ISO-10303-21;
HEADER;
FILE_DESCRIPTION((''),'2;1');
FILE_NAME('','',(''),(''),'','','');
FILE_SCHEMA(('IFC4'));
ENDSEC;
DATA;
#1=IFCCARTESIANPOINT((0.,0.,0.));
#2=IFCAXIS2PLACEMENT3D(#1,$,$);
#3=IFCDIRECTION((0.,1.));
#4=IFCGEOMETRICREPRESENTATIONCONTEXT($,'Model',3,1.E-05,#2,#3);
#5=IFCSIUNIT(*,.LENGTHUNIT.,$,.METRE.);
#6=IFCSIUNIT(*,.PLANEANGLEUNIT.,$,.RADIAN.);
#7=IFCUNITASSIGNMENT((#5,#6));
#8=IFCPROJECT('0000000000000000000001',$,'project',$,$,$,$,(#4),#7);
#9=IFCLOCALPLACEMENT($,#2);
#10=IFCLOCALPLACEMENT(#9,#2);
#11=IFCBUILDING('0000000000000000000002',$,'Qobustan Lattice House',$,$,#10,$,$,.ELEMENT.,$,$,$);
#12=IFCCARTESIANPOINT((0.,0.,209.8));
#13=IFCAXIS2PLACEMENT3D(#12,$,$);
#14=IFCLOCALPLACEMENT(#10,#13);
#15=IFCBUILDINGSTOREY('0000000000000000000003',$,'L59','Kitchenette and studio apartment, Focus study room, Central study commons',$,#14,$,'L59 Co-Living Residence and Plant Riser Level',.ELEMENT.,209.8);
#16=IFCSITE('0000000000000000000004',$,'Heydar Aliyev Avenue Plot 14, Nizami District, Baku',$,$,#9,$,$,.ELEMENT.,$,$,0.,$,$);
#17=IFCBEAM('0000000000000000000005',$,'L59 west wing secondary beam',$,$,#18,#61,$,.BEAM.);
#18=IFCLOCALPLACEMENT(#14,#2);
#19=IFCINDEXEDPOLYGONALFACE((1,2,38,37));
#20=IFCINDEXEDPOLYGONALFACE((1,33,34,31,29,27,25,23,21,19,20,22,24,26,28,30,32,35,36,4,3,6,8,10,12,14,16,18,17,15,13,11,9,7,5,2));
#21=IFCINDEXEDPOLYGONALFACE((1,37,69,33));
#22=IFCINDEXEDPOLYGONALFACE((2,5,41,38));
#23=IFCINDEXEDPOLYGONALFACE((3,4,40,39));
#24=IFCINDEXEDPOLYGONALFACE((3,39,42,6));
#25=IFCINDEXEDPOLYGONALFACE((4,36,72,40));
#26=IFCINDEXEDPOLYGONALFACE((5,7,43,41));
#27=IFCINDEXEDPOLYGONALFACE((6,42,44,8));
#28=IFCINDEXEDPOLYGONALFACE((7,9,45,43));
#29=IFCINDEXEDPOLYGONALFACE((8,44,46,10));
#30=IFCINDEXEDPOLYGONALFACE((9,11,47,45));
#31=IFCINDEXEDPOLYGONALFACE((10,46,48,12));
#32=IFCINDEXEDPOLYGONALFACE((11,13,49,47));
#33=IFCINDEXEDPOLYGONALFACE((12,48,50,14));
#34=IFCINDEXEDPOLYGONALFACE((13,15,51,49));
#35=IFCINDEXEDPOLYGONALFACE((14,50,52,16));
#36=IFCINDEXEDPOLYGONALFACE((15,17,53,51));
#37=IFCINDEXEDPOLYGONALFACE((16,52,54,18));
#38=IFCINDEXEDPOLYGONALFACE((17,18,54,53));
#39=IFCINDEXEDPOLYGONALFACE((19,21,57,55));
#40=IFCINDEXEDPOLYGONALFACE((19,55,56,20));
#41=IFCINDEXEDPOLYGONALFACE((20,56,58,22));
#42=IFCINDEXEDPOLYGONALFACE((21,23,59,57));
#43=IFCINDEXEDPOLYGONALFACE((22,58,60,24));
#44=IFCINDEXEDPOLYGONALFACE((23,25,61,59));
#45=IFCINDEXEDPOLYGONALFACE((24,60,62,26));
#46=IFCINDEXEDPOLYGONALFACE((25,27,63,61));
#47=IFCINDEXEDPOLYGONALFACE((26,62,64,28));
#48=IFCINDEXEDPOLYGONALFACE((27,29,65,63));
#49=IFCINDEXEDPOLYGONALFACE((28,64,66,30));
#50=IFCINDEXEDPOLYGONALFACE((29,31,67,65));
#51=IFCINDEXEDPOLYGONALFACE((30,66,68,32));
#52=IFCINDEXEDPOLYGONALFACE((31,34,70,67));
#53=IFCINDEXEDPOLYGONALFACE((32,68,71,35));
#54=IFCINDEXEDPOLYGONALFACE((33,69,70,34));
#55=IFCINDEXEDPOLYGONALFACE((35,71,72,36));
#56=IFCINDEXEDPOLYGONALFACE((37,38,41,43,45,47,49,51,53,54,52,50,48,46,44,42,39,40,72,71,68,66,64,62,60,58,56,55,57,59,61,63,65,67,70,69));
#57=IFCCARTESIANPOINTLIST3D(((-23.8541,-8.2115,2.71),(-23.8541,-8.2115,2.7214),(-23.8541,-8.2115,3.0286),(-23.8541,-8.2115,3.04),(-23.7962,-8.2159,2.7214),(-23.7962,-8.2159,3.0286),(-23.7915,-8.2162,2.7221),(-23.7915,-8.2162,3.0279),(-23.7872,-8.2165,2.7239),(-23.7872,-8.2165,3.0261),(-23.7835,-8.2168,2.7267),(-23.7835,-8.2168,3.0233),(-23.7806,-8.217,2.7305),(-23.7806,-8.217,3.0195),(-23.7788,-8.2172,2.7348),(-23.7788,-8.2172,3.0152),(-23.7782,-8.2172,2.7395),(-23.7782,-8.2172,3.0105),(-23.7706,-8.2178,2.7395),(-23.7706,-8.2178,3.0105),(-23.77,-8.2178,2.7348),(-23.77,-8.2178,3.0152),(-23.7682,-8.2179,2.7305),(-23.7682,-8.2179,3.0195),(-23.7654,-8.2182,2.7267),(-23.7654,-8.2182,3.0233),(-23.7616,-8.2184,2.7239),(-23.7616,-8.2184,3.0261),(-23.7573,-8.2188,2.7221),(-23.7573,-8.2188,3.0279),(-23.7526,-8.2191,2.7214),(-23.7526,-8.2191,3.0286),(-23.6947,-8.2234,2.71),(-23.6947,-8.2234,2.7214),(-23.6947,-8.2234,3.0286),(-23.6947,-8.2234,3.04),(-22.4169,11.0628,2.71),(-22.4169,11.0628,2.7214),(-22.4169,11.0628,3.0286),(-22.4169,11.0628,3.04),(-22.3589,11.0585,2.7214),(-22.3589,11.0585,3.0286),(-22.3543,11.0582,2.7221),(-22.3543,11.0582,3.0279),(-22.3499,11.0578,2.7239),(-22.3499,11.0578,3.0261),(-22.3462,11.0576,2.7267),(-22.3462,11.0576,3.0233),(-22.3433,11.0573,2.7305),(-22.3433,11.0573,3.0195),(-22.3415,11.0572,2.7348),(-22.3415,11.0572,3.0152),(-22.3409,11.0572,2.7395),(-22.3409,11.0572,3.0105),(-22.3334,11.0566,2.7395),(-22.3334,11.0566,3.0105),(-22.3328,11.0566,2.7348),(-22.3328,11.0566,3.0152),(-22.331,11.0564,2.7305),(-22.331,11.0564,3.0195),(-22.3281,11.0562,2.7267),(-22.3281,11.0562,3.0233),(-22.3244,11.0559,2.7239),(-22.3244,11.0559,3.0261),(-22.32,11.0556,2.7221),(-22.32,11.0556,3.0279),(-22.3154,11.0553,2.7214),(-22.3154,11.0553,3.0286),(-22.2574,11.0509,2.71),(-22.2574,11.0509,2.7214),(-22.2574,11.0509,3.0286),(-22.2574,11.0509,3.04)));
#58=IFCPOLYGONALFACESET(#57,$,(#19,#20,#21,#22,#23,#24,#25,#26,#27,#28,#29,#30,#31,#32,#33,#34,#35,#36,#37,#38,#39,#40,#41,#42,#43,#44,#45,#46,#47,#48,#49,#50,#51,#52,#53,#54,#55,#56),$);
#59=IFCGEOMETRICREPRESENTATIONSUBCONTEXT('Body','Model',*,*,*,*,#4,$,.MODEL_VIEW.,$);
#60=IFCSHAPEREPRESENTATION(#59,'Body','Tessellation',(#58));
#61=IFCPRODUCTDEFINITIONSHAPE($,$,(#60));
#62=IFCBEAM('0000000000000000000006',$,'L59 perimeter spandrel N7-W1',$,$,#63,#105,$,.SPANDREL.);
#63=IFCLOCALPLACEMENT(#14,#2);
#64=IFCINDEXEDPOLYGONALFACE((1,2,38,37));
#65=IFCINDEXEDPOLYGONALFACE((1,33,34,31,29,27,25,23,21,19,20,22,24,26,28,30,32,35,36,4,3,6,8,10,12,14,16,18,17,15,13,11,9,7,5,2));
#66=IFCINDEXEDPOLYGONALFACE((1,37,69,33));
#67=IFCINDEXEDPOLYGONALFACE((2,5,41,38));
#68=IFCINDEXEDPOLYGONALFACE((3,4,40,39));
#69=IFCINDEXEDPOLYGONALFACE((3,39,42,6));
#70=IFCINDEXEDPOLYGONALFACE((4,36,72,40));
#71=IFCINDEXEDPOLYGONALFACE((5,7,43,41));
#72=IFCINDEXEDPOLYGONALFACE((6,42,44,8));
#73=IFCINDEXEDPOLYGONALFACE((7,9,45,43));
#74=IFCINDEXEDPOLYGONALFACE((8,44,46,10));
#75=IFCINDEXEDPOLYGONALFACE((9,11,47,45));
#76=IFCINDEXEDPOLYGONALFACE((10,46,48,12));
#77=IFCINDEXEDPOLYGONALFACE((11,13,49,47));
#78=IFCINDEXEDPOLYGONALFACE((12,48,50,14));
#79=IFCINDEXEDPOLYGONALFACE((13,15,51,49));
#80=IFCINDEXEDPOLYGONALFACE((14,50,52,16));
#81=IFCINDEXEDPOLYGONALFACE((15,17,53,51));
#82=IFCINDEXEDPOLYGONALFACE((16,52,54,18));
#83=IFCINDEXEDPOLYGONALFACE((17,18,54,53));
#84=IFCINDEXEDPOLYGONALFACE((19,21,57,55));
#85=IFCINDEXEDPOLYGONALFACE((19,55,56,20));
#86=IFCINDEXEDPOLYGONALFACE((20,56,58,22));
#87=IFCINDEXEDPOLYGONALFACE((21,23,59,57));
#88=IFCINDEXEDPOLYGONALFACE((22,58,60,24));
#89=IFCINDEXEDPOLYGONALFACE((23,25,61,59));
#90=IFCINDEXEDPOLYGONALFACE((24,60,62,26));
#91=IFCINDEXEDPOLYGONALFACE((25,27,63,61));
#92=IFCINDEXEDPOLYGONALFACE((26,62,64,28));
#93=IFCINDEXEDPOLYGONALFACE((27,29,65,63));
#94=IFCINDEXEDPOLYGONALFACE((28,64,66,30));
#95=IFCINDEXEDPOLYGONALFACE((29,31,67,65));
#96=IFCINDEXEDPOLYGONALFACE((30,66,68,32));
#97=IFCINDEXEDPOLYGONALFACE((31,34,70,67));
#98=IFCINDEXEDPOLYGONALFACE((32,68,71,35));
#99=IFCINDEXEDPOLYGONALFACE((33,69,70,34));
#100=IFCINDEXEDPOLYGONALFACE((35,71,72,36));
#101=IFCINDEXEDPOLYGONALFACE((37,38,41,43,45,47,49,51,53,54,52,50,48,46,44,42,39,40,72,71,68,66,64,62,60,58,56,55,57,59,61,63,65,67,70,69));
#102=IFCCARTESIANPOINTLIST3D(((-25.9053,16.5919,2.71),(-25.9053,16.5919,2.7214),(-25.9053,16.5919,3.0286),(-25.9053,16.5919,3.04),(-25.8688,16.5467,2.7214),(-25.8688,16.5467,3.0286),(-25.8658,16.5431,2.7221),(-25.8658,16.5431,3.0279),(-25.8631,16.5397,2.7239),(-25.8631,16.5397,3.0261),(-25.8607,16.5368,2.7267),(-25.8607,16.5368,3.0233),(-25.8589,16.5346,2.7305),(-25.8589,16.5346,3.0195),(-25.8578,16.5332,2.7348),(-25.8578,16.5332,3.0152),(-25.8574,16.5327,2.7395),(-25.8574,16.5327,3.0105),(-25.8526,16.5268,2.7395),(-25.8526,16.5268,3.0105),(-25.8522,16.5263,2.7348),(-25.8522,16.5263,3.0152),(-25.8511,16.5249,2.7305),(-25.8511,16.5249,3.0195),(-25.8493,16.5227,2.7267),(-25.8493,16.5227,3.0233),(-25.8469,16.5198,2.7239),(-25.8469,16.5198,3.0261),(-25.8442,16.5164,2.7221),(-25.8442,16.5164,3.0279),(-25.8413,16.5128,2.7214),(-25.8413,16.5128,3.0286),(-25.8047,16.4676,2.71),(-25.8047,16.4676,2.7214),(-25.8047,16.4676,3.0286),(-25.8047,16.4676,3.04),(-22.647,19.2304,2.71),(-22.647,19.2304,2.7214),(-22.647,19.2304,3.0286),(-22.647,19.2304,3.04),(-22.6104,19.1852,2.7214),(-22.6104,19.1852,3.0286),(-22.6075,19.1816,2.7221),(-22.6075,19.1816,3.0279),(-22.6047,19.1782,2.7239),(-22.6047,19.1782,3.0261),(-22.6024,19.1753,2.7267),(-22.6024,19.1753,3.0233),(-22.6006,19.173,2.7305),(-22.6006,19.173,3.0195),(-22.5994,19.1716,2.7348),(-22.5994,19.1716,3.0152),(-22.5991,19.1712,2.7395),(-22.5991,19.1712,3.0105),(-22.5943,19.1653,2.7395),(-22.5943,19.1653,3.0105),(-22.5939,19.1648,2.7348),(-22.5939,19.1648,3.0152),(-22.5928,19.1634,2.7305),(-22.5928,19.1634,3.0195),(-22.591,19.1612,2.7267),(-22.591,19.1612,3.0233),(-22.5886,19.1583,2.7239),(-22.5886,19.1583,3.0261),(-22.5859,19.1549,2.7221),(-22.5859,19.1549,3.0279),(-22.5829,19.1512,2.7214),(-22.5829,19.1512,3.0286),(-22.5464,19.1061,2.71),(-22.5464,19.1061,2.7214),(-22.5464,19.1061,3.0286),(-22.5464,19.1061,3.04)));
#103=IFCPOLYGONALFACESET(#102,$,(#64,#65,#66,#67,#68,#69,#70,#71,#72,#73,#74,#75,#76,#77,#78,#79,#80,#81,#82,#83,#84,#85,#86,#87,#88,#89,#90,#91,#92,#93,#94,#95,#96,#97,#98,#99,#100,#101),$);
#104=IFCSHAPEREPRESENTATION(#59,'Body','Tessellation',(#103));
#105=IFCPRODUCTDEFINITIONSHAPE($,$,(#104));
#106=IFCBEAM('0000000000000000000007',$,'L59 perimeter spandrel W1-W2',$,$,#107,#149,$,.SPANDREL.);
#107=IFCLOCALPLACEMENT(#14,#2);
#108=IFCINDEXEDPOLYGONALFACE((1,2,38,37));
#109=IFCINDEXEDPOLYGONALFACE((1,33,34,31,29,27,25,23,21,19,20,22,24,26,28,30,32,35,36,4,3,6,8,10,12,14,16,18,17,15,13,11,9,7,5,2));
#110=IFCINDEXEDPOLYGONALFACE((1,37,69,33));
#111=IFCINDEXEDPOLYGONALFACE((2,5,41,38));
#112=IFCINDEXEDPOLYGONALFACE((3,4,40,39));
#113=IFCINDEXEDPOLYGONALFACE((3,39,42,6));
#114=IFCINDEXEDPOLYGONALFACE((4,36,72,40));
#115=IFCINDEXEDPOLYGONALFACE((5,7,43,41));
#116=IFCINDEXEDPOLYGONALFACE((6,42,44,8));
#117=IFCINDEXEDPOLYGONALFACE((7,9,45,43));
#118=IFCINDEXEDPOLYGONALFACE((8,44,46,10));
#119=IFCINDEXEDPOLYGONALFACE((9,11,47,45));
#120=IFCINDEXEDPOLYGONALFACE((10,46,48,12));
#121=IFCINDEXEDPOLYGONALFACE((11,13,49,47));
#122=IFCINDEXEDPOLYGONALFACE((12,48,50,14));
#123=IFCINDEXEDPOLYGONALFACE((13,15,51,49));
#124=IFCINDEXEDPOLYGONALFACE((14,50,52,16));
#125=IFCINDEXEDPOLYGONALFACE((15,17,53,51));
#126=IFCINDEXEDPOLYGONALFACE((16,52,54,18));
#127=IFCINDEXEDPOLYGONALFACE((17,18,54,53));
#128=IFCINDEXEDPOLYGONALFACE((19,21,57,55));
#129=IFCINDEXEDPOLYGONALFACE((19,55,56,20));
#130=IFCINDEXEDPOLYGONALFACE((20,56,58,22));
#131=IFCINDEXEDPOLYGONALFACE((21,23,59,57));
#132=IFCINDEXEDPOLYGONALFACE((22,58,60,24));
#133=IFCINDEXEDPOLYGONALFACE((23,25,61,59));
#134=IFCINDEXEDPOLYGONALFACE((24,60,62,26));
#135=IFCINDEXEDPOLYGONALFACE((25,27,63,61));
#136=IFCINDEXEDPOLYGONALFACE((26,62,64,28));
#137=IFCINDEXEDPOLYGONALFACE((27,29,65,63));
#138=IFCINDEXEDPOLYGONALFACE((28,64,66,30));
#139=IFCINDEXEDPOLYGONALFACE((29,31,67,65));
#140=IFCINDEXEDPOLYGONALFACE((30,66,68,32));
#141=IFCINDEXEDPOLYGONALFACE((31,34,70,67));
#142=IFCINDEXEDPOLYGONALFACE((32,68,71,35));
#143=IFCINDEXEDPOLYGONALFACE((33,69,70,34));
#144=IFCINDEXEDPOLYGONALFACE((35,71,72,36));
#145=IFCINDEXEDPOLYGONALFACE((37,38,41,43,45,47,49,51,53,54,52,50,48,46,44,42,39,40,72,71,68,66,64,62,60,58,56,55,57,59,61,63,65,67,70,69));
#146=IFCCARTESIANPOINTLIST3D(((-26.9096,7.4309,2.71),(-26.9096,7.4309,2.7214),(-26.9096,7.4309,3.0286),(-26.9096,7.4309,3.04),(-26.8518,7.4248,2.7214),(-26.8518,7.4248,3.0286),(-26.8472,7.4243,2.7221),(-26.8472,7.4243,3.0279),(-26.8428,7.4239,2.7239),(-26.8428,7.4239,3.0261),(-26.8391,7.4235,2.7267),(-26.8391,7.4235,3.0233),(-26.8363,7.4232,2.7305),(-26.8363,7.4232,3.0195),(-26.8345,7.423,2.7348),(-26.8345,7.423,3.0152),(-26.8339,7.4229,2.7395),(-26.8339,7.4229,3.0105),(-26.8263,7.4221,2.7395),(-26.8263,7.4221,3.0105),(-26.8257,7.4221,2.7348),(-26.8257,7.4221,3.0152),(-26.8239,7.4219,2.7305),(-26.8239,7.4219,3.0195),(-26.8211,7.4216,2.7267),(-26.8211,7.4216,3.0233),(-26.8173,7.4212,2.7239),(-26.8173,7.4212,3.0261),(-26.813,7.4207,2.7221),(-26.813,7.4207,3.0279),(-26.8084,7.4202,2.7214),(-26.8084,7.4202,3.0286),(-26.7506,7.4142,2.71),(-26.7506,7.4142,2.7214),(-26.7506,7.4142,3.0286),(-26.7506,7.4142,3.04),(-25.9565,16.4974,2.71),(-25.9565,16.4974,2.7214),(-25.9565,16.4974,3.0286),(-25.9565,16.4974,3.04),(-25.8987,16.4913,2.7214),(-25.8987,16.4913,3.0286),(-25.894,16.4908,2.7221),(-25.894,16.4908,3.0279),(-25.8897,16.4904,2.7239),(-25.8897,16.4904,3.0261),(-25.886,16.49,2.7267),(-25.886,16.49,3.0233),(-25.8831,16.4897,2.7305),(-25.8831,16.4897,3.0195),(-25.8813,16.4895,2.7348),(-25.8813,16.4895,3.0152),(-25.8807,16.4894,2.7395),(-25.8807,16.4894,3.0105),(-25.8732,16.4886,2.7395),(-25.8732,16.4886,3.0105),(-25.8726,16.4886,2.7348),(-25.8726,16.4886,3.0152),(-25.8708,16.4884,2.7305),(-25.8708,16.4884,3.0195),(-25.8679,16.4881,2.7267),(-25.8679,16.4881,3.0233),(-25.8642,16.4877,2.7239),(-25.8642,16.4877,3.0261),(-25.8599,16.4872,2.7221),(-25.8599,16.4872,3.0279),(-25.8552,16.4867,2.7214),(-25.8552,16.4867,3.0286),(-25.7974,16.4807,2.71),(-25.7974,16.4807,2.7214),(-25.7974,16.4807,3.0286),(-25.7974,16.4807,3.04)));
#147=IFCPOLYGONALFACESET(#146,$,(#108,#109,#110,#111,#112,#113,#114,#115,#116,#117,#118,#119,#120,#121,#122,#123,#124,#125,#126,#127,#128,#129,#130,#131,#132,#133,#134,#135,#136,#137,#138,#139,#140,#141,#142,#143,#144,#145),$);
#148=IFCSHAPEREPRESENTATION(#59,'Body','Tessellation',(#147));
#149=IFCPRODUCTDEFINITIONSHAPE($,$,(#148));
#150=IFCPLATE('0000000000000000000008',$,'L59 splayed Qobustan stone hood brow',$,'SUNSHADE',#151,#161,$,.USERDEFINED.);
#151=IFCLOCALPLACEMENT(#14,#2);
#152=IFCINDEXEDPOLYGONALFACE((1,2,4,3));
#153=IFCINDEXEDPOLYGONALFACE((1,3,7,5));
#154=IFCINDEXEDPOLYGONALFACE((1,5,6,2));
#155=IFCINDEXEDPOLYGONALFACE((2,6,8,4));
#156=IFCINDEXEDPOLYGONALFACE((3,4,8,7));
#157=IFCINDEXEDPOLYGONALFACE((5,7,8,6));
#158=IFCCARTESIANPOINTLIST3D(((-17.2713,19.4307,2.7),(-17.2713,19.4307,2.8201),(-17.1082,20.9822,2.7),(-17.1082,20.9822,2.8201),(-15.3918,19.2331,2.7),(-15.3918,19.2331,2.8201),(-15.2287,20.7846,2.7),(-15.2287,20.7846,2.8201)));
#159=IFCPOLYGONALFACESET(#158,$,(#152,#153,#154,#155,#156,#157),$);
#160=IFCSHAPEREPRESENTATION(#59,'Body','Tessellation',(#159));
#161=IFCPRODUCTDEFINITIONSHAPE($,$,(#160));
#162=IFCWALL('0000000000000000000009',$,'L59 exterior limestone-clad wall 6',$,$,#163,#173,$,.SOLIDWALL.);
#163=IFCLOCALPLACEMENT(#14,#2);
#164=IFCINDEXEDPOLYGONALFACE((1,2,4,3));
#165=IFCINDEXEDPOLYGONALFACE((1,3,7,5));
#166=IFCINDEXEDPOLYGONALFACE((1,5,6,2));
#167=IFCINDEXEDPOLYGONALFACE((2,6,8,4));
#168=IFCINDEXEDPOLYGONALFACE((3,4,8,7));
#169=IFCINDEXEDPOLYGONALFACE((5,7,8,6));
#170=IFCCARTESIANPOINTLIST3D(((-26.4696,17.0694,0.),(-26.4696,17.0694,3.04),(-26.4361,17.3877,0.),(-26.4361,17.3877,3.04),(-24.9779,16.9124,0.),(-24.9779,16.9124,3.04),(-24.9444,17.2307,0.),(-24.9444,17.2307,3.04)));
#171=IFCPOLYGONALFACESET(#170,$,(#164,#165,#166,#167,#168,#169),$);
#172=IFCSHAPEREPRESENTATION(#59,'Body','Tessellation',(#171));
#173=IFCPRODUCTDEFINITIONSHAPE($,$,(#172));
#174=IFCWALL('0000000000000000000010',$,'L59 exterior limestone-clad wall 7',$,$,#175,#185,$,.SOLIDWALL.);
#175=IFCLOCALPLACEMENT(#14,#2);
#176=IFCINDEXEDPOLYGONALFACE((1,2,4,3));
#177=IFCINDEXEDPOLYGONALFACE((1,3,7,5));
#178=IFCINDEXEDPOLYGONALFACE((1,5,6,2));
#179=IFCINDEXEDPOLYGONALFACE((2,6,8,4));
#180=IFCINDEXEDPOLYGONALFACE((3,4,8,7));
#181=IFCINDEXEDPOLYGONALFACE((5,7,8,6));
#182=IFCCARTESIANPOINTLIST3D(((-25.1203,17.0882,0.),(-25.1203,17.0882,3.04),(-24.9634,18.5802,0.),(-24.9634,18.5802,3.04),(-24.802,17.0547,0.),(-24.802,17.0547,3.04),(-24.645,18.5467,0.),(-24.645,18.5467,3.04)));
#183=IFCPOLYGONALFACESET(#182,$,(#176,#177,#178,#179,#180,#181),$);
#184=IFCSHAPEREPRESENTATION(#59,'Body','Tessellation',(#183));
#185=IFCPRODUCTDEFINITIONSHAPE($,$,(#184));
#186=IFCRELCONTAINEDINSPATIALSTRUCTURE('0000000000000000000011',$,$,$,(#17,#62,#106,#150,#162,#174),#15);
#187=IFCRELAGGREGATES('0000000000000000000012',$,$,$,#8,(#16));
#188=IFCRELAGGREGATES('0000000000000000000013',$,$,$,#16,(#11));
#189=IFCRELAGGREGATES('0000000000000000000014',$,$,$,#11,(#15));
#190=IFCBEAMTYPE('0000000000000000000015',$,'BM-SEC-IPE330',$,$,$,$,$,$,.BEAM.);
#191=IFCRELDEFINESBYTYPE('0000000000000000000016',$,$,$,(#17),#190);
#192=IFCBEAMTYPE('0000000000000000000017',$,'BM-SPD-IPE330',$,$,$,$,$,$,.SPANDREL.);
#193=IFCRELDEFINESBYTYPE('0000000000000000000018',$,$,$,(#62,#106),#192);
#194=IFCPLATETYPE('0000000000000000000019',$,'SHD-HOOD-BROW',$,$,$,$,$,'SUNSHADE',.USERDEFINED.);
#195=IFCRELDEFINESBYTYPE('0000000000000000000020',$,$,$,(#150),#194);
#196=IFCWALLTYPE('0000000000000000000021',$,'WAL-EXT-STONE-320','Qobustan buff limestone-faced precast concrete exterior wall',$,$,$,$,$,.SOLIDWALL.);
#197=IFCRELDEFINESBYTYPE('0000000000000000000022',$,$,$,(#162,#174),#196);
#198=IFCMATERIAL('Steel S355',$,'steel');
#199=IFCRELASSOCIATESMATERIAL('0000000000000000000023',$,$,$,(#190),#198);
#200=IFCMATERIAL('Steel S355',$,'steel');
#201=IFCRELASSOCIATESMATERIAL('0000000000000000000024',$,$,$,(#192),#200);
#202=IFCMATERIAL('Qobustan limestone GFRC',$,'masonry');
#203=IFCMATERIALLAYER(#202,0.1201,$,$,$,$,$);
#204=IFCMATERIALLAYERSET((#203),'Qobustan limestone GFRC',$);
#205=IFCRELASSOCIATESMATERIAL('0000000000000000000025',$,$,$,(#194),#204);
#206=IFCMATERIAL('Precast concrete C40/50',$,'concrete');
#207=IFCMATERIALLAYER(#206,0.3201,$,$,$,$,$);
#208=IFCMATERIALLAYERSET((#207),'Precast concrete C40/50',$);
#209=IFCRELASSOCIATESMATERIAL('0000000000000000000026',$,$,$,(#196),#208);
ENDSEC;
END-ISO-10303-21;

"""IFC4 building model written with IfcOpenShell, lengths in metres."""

from ifc_helpers import new_model, si_unit, direction, frame, frame_2d, origin, origin_2d, place, context, subcontext, project, spatial, rectangle, i_section, extrude, material, layer, layer_set, material_profile, profile_set, type_object, element, save


model = new_model("IFC4")

# Units and contexts
model_context = context("Model", 3, precision=1e-05, world=origin(), true_north=direction((0.0, 1.0)))
body_context = subcontext(model_context, "Body", "Model", "MODEL_VIEW")
ifc_project = project(units=[si_unit("LENGTHUNIT", "METRE"), si_unit("PLANEANGLEUNIT", "RADIAN")], contexts=[model_context])

# Site, building, storey
site_placement = place(None, origin())
site = spatial("IfcSite", under=ifc_project, at=site_placement, Name="Heydar Aliyev Avenue Plot 14, Nizami District, Baku", CompositionType="ELEMENT", RefElevation=0.0)
building_placement = place(site_placement, origin())
building = spatial("IfcBuilding", under=site, at=building_placement, Name="Qobustan Lattice House", CompositionType="ELEMENT")
storey_placement = place(building_placement, frame((0.0, 0.0, 209.8)))
storey = spatial("IfcBuildingStorey", under=building, at=storey_placement, Name="L59", Description="Kitchenette and studio apartment, Focus study room, Central study commons", LongName="L59 Co-Living Residence and Plant Riser Level", CompositionType="ELEMENT", Elevation=209.8)

# Beams
ifc_material_1 = material(Name="Steel S355", Category="steel")
ifc_material_profile_1 = material_profile(ifc_material_1, i_section(OverallWidth=0.1599, OverallDepth=0.3301, WebThickness=0.0076, FlangeThickness=0.0115, FilletRadius=0.0181, at=origin_2d()), Name="IPE330")
ifc_profile_set_1 = profile_set([ifc_material_profile_1], Name="Steel S355")
beam_type_1 = type_object("IfcBeamType", Name="BM-SEC-IPE330", PredefinedType="BEAM", material=ifc_profile_set_1)
beam_1_placement = place(storey_placement, frame((-22.3372, 11.0569, 2.875), z_axis=(-0.074362, -0.997231, 0.0), x_axis=(0.997231, -0.074362, 0.0)))
element("IfcBeam", 1, at=beam_1_placement, inside=storey, type_object=beam_type_1, Name="L59 west wing secondary beam", PredefinedType="BEAM", context=body_context, shape_type="SweptSolid", body=[
    extrude(i_section(OverallWidth=0.1599, OverallDepth=0.3301, WebThickness=0.0076, FlangeThickness=0.0115, FilletRadius=0.0181, at=origin_2d()), origin(), (0.0, 0.0, 1.0), 19.3279),
])
ifc_material_2 = material(Name="Steel S355", Category="steel")
ifc_material_profile_2 = material_profile(ifc_material_2, i_section(OverallWidth=0.1599, OverallDepth=0.3301, WebThickness=0.0076, FlangeThickness=0.0115, FilletRadius=0.0181, at=origin_2d()), Name="IPE330")
ifc_profile_set_2 = profile_set([ifc_material_profile_2], Name="Steel S355")
beam_type_2 = type_object("IfcBeamType", Name="BM-SPD-IPE330", PredefinedType="SPANDREL", material=ifc_profile_set_2)
beam_2_placement = place(storey_placement, frame((-22.5967, 19.1682, 2.875), z_axis=(-0.777157, -0.629307, 0.0), x_axis=(0.629307, -0.777157, 0.0)))
element("IfcBeam", 2, at=beam_2_placement, inside=storey, type_object=beam_type_2, Name="L59 perimeter spandrel N7-W1", PredefinedType="SPANDREL", context=body_context, shape_type="SweptSolid", body=[
    extrude(i_section(OverallWidth=0.1599, OverallDepth=0.3301, WebThickness=0.0076, FlangeThickness=0.0115, FilletRadius=0.0181, at=origin_2d()), origin(), (0.0, 0.0, 1.0), 4.1926),
])
beam_3_placement = place(storey_placement, frame((-25.877, 16.489, 2.875), z_axis=(-0.104551, -0.99452, 0.0), x_axis=(0.99452, -0.104551, 0.0)))
element("IfcBeam", 3, at=beam_3_placement, inside=storey, type_object=beam_type_2, Name="L59 perimeter spandrel W1-W2", PredefinedType="SPANDREL", context=body_context, shape_type="SweptSolid", body=[
    extrude(i_section(OverallWidth=0.1599, OverallDepth=0.3301, WebThickness=0.0076, FlangeThickness=0.0115, FilletRadius=0.0181, at=origin_2d()), origin(), (0.0, 0.0, 1.0), 9.1165),
])

# Plate
ifc_material_3 = material(Name="Qobustan limestone GFRC", Category="masonry")
ifc_layer_1 = layer(ifc_material_3, 0.1201)
ifc_layer_set_1 = layer_set([ifc_layer_1], Name="Qobustan limestone GFRC")
plate_type = type_object("IfcPlateType", Name="SHD-HOOD-BROW", ElementType="SUNSHADE", PredefinedType="USERDEFINED", material=ifc_layer_set_1)
plate_placement = place(storey_placement, frame((-16.25, 20.1077, 2.7), z_axis=(0.0, 0.0, 1.0), x_axis=(0.994522, -0.104528, 0.0)))
element("IfcPlate", 4, at=plate_placement, inside=storey, type_object=plate_type, Name="L59 splayed Qobustan stone hood brow", ObjectType="SUNSHADE", PredefinedType="USERDEFINED", context=body_context, shape_type="SweptSolid", body=[
    extrude(rectangle(XDim=1.8899, YDim=1.5601, at=origin_2d()), origin(), (0.0, 0.0, 1.0), 0.1201),
])

# Walls
ifc_material_4 = material(Name="Precast concrete C40/50", Category="concrete")
ifc_layer_2 = layer(ifc_material_4, 0.3201)
ifc_layer_set_2 = layer_set([ifc_layer_2], Name="Precast concrete C40/50")
wall_type_1 = type_object("IfcWallType", Name="WAL-EXT-STONE-320", Description="Qobustan buff limestone-faced precast concrete exterior wall", PredefinedType="SOLIDWALL", material=ifc_layer_set_2)
wall_1_placement = place(storey_placement, frame((-26.4529, 17.2285, 0.0), z_axis=(0.0, 0.0, 1.0), x_axis=(0.994508, -0.104659, 0.0)))
element("IfcWall", 5, at=wall_1_placement, inside=storey, type_object=wall_type_1, Name="L59 exterior limestone-clad wall 6", PredefinedType="SOLIDWALL", context=body_context, shape_type="SweptSolid", body=[
    extrude(rectangle(XDim=1.5, YDim=0.3201, at=frame_2d((0.75, 0.0))), origin(), (0.0, 0.0, 1.0), 3.04),
])
wall_2_placement = place(storey_placement, frame((-24.9612, 17.0715, 0.0), z_axis=(0.0, 0.0, 1.0), x_axis=(0.104642, 0.99451, 0.0)))
element("IfcWall", 6, at=wall_2_placement, inside=storey, type_object=wall_type_1, Name="L59 exterior limestone-clad wall 7", PredefinedType="SOLIDWALL", context=body_context, shape_type="SweptSolid", body=[
    extrude(rectangle(XDim=1.5002, YDim=0.3201, at=frame_2d((0.75, 0.0))), origin(), (0.0, 0.0, 1.0), 3.04),
])

save(model, "model.ifc")
